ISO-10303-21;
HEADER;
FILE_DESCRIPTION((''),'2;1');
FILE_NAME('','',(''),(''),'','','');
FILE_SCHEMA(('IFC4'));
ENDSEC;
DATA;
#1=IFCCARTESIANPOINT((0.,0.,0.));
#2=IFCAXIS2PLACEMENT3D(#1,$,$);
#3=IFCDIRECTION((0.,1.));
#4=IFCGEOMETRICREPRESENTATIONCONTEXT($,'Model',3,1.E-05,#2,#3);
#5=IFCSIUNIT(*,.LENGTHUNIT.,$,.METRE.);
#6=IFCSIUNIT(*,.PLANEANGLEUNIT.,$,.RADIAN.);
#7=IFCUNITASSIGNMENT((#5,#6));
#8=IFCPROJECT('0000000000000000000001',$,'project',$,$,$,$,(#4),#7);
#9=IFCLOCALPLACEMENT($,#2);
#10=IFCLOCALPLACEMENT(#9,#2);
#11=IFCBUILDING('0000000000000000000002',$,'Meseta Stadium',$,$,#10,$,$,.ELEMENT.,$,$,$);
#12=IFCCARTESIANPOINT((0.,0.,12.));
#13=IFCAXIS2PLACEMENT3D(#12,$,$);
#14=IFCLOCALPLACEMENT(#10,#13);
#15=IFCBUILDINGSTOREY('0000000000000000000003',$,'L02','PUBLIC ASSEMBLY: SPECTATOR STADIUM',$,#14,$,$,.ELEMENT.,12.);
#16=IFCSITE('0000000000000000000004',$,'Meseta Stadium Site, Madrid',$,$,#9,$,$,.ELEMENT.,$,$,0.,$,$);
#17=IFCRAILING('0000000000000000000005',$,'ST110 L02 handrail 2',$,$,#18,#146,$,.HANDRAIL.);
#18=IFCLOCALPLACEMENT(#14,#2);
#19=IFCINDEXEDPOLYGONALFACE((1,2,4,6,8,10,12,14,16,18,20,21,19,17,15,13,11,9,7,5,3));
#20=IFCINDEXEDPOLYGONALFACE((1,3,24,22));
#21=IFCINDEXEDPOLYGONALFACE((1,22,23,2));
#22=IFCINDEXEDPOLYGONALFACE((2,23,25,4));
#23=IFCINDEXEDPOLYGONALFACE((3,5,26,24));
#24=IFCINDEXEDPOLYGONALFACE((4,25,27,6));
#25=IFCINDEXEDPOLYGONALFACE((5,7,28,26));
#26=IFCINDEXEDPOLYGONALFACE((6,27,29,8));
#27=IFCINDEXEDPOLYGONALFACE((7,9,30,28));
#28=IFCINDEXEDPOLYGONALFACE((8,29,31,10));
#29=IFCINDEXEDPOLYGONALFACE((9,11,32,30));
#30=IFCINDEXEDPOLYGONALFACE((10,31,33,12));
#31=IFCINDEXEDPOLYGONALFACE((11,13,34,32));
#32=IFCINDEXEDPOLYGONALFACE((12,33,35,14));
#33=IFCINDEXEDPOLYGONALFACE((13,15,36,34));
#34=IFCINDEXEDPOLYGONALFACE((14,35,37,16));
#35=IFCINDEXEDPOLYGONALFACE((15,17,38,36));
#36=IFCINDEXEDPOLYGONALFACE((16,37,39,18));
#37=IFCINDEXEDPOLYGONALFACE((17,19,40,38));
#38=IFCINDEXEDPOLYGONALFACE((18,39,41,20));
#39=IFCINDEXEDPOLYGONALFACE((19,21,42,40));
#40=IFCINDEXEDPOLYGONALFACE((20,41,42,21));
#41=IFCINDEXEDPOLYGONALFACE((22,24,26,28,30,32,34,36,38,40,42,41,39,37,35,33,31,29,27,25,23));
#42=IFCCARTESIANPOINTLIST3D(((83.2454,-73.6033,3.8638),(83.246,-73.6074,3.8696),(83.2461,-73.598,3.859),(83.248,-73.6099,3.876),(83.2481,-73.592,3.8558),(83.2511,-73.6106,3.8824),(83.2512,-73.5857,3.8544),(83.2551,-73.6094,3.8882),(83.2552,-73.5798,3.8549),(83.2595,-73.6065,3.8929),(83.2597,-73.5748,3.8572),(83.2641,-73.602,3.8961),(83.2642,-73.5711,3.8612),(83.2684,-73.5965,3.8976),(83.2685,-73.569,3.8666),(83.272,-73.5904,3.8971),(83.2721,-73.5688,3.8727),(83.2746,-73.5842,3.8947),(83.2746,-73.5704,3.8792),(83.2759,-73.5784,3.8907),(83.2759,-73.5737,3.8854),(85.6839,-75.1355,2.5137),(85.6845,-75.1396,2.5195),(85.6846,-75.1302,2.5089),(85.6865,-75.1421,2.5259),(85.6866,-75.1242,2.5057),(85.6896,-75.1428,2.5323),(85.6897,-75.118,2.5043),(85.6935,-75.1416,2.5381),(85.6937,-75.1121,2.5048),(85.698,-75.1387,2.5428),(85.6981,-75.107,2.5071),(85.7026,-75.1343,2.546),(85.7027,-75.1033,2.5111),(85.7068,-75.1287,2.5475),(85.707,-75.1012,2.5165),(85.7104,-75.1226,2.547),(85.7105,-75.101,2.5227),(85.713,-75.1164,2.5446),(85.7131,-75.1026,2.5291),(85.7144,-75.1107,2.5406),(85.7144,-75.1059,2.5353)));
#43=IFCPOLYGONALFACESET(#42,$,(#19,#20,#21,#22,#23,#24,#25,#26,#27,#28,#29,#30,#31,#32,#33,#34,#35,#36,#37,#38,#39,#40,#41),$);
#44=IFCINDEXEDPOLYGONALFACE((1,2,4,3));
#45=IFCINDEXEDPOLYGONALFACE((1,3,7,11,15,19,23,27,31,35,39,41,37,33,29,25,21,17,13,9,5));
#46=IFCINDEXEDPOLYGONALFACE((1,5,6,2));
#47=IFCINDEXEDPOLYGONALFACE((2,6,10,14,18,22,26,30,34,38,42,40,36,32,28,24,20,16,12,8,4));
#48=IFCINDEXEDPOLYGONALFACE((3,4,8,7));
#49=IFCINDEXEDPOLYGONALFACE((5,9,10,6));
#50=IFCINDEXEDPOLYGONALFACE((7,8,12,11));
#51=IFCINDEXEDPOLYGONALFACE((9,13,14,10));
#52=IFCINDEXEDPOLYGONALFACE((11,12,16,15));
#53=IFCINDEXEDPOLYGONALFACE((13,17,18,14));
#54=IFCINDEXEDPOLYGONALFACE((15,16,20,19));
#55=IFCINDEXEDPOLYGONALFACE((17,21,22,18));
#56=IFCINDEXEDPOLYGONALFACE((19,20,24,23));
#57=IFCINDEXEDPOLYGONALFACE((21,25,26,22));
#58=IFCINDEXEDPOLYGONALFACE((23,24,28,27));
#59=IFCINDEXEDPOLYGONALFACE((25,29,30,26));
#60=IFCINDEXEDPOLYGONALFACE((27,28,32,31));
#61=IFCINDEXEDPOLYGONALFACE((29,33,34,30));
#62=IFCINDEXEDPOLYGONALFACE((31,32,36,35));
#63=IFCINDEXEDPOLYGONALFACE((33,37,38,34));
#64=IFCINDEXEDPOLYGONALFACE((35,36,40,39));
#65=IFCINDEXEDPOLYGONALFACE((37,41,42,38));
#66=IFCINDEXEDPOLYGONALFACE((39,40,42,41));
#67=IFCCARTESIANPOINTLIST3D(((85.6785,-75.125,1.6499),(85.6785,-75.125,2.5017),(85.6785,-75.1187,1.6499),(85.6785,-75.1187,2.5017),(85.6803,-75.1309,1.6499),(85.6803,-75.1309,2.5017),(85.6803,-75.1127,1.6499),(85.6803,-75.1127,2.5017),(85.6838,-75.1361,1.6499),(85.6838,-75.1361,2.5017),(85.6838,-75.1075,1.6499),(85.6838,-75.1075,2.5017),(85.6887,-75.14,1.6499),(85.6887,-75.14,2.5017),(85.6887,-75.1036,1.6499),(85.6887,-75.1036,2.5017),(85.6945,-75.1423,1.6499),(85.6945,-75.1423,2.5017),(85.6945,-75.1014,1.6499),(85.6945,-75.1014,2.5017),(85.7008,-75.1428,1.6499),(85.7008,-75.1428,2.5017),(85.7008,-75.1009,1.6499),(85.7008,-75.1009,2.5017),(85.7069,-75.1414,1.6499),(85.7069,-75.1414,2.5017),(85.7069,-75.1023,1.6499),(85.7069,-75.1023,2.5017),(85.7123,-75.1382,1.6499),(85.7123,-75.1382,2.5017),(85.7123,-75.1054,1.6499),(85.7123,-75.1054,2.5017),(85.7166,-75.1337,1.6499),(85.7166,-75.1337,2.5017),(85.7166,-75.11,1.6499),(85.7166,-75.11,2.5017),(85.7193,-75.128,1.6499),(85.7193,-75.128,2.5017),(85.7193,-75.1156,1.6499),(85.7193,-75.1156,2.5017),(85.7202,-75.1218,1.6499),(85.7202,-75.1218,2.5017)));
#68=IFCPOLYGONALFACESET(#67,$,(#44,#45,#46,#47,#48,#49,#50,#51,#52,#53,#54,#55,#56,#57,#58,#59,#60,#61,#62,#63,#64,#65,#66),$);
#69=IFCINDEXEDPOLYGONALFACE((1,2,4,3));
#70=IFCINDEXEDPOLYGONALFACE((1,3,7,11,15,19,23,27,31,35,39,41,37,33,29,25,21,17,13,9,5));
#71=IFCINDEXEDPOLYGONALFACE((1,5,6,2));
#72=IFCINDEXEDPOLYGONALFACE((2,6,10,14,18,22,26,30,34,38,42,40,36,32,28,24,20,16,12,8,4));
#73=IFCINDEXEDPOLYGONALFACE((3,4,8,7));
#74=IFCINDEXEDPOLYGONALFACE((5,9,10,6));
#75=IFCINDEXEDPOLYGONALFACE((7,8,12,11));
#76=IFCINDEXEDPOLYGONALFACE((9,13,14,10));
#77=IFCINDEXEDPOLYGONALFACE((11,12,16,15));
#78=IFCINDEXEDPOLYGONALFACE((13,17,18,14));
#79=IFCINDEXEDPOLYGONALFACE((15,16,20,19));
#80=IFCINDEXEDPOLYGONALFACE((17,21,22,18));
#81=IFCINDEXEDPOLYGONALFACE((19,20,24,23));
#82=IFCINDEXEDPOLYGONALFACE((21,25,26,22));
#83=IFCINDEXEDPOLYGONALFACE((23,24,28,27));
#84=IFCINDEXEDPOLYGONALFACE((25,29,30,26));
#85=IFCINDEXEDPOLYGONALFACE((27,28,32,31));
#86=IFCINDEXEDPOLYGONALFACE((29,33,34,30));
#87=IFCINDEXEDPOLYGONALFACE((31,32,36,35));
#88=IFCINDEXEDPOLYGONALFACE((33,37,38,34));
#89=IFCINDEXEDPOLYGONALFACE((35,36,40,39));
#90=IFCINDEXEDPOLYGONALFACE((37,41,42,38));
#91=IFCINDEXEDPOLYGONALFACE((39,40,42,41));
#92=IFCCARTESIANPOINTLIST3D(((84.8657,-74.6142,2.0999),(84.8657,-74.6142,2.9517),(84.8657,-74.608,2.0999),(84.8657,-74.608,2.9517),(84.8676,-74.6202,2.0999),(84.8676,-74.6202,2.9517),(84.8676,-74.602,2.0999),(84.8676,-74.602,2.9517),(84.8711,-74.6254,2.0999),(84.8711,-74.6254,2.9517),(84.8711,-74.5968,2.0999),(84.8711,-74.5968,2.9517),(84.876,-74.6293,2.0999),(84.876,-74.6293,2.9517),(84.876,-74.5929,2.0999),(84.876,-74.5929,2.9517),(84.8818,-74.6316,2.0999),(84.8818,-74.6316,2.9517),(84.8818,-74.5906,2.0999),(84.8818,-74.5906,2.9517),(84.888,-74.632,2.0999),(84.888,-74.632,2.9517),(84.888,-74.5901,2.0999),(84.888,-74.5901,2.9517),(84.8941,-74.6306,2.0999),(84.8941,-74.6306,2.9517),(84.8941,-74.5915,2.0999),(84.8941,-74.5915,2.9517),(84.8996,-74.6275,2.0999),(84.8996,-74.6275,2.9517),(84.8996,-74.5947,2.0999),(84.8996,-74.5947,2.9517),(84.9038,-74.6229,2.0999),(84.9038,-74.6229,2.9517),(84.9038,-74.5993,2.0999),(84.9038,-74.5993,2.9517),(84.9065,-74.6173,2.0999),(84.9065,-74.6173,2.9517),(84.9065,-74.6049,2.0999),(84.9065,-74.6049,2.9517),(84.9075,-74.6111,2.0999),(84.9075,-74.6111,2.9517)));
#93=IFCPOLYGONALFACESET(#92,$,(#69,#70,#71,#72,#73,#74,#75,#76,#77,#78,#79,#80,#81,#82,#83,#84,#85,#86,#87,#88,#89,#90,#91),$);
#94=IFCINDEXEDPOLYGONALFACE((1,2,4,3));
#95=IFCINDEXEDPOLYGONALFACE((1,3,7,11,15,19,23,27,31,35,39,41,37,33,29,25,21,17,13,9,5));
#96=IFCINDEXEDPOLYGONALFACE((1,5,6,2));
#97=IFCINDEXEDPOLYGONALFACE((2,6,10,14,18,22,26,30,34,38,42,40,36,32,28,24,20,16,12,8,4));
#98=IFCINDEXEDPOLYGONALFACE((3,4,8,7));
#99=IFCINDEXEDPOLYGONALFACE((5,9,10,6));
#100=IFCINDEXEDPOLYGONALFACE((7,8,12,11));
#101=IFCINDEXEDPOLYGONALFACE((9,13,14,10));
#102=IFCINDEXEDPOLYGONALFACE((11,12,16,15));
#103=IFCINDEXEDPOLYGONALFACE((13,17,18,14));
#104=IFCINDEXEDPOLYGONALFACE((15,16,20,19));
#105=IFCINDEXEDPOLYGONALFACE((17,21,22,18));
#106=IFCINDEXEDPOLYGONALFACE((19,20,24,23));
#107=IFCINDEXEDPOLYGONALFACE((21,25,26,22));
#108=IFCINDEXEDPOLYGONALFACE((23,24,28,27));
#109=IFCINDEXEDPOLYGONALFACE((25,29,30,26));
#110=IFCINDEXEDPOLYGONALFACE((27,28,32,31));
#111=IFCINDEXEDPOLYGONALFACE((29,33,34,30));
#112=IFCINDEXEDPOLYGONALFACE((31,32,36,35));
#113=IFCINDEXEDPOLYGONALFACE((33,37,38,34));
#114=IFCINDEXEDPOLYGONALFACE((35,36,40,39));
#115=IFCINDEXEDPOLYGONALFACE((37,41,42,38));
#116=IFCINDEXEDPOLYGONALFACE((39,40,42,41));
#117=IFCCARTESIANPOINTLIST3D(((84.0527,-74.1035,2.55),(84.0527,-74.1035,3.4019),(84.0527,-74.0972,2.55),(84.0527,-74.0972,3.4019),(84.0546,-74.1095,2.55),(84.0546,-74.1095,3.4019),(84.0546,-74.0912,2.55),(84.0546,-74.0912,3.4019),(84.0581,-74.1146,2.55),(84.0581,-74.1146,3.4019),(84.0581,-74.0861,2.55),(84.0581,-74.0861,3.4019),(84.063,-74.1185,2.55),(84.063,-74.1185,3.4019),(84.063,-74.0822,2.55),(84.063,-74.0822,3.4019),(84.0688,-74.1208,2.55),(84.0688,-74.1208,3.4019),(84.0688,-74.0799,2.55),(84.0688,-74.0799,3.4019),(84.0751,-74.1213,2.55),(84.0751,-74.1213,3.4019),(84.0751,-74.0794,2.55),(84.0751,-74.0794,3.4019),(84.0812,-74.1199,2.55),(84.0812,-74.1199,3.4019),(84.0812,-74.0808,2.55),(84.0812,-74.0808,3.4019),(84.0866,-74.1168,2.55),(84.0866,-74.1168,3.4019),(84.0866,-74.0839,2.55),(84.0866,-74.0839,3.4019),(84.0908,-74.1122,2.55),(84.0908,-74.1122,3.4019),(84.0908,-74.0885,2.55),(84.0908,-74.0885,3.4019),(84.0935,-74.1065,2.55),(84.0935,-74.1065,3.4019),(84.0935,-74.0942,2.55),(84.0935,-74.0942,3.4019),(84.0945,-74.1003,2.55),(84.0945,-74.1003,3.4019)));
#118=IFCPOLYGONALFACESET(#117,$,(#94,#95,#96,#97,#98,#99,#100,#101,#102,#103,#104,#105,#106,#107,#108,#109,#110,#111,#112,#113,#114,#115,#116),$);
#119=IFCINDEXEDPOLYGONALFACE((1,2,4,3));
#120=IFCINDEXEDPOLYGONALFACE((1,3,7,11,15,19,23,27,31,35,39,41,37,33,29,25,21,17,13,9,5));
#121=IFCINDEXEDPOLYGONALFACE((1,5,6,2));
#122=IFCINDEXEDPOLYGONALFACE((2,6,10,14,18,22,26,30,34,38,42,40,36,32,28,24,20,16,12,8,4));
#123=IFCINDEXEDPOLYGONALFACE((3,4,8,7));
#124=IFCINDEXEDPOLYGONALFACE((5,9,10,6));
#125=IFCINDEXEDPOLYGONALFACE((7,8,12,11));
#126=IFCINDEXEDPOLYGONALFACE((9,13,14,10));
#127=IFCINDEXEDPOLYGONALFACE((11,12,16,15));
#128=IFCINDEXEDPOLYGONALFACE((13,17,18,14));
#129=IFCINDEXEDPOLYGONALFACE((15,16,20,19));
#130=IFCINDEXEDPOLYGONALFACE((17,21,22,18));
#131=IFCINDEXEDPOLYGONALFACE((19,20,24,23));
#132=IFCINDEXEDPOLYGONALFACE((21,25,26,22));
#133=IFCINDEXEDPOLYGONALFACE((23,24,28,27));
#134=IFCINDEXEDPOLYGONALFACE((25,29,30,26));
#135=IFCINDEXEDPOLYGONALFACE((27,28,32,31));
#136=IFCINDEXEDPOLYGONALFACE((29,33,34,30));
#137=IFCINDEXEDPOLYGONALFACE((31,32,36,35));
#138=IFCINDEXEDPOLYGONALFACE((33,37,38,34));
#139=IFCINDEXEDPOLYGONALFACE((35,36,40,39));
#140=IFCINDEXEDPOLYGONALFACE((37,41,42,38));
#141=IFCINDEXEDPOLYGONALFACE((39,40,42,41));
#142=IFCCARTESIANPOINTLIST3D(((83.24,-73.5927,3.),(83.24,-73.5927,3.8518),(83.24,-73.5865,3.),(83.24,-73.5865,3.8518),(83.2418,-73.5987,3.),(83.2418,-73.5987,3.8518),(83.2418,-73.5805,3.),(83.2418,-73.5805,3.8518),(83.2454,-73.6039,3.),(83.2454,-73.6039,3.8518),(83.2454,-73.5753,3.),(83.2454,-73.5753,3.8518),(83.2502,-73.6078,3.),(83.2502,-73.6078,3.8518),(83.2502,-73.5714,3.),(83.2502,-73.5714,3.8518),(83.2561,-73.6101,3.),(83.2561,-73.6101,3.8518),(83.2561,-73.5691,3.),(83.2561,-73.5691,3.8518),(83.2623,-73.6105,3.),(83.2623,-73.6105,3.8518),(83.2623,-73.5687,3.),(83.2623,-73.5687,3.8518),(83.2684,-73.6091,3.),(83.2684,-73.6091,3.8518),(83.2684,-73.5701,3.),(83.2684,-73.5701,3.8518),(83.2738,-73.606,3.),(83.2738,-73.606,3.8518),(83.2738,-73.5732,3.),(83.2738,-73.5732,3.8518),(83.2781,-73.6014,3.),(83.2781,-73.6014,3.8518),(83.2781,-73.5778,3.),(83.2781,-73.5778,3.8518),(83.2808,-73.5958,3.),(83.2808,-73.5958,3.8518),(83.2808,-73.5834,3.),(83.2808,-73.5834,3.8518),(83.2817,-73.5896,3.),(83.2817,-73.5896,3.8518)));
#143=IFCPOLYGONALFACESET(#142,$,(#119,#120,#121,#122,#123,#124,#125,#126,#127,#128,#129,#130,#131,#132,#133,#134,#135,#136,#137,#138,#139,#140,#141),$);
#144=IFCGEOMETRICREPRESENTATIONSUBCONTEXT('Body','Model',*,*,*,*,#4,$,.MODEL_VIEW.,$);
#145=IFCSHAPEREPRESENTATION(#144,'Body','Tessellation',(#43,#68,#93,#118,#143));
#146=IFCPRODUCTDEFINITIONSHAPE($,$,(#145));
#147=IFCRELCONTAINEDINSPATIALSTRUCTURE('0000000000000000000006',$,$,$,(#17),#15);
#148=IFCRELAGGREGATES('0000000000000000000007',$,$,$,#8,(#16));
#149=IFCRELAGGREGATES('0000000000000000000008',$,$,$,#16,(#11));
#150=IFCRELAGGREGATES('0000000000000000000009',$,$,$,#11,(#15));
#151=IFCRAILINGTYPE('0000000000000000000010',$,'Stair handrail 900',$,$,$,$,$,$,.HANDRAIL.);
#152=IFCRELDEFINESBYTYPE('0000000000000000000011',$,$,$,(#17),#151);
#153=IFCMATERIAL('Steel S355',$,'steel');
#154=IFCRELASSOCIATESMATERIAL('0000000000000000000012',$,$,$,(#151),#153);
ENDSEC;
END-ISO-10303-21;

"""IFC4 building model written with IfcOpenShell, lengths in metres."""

from ifc_helpers import new_model, si_unit, direction, frame, origin, origin_2d, place, context, subcontext, project, spatial, circle, extrude, material, type_object, element, save


model = new_model("IFC4")

# Units and contexts
model_context = context("Model", 3, precision=1e-05, world=origin(), true_north=direction((0.0, 1.0)))
body_context = subcontext(model_context, "Body", "Model", "MODEL_VIEW")
ifc_project = project(units=[si_unit("LENGTHUNIT", "METRE"), si_unit("PLANEANGLEUNIT", "RADIAN")], contexts=[model_context])

# Site, building, storey
site_placement = place(None, origin())
site = spatial("IfcSite", under=ifc_project, at=site_placement, Name="Meseta Stadium Site, Madrid", CompositionType="ELEMENT", RefElevation=0.0)
building_placement = place(site_placement, origin())
building = spatial("IfcBuilding", under=site, at=building_placement, Name="Meseta Stadium", CompositionType="ELEMENT")
storey_placement = place(building_placement, frame((0.0, 0.0, 12.0)))
storey = spatial("IfcBuildingStorey", under=building, at=storey_placement, Name="L02", Description="PUBLIC ASSEMBLY: SPECTATOR STADIUM", CompositionType="ELEMENT", Elevation=12.0)

# Railing
ifc_material_1 = material(Name="Steel S355", Category="steel")
railing_type_1 = type_object("IfcRailingType", Name="Stair handrail 900", PredefinedType="HANDRAIL", material=ifc_material_1)
for number, where, name in (
    (1, (85.6992, -75.1218, 1.6499), "ST110 L02 handrail 2"),
):
    element("IfcRailing", number, at=place(storey_placement, frame(where)), inside=storey, type_object=railing_type_1, Name=name, PredefinedType="HANDRAIL", context=body_context, shape_type="SweptSolid", body=[
        extrude(circle(Radius=0.0239, at=origin_2d()), frame((0.0, 0.0, 0.876), z_axis=(-0.766655, 0.481731, 0.42447), x_axis=(-0.53204, -0.846719, 0.0)), (0.0, 0.0, 1.0), 3.1807),
        extrude(circle(Radius=0.021, at=origin_2d()), origin(), (0.0, 0.0, 1.0), 0.8518),
        extrude(circle(Radius=0.021, at=origin_2d()), frame((-0.8127, 0.5107, 0.45)), (0.0, 0.0, 1.0), 0.8518),
        extrude(circle(Radius=0.021, at=origin_2d()), frame((-1.6257, 1.0215, 0.9001)), (0.0, 0.0, 1.0), 0.8518),
        extrude(circle(Radius=0.021, at=origin_2d()), frame((-2.4385, 1.5322, 1.3501)), (0.0, 0.0, 1.0), 0.8518),
    ])

save(model, "model.ifc")
